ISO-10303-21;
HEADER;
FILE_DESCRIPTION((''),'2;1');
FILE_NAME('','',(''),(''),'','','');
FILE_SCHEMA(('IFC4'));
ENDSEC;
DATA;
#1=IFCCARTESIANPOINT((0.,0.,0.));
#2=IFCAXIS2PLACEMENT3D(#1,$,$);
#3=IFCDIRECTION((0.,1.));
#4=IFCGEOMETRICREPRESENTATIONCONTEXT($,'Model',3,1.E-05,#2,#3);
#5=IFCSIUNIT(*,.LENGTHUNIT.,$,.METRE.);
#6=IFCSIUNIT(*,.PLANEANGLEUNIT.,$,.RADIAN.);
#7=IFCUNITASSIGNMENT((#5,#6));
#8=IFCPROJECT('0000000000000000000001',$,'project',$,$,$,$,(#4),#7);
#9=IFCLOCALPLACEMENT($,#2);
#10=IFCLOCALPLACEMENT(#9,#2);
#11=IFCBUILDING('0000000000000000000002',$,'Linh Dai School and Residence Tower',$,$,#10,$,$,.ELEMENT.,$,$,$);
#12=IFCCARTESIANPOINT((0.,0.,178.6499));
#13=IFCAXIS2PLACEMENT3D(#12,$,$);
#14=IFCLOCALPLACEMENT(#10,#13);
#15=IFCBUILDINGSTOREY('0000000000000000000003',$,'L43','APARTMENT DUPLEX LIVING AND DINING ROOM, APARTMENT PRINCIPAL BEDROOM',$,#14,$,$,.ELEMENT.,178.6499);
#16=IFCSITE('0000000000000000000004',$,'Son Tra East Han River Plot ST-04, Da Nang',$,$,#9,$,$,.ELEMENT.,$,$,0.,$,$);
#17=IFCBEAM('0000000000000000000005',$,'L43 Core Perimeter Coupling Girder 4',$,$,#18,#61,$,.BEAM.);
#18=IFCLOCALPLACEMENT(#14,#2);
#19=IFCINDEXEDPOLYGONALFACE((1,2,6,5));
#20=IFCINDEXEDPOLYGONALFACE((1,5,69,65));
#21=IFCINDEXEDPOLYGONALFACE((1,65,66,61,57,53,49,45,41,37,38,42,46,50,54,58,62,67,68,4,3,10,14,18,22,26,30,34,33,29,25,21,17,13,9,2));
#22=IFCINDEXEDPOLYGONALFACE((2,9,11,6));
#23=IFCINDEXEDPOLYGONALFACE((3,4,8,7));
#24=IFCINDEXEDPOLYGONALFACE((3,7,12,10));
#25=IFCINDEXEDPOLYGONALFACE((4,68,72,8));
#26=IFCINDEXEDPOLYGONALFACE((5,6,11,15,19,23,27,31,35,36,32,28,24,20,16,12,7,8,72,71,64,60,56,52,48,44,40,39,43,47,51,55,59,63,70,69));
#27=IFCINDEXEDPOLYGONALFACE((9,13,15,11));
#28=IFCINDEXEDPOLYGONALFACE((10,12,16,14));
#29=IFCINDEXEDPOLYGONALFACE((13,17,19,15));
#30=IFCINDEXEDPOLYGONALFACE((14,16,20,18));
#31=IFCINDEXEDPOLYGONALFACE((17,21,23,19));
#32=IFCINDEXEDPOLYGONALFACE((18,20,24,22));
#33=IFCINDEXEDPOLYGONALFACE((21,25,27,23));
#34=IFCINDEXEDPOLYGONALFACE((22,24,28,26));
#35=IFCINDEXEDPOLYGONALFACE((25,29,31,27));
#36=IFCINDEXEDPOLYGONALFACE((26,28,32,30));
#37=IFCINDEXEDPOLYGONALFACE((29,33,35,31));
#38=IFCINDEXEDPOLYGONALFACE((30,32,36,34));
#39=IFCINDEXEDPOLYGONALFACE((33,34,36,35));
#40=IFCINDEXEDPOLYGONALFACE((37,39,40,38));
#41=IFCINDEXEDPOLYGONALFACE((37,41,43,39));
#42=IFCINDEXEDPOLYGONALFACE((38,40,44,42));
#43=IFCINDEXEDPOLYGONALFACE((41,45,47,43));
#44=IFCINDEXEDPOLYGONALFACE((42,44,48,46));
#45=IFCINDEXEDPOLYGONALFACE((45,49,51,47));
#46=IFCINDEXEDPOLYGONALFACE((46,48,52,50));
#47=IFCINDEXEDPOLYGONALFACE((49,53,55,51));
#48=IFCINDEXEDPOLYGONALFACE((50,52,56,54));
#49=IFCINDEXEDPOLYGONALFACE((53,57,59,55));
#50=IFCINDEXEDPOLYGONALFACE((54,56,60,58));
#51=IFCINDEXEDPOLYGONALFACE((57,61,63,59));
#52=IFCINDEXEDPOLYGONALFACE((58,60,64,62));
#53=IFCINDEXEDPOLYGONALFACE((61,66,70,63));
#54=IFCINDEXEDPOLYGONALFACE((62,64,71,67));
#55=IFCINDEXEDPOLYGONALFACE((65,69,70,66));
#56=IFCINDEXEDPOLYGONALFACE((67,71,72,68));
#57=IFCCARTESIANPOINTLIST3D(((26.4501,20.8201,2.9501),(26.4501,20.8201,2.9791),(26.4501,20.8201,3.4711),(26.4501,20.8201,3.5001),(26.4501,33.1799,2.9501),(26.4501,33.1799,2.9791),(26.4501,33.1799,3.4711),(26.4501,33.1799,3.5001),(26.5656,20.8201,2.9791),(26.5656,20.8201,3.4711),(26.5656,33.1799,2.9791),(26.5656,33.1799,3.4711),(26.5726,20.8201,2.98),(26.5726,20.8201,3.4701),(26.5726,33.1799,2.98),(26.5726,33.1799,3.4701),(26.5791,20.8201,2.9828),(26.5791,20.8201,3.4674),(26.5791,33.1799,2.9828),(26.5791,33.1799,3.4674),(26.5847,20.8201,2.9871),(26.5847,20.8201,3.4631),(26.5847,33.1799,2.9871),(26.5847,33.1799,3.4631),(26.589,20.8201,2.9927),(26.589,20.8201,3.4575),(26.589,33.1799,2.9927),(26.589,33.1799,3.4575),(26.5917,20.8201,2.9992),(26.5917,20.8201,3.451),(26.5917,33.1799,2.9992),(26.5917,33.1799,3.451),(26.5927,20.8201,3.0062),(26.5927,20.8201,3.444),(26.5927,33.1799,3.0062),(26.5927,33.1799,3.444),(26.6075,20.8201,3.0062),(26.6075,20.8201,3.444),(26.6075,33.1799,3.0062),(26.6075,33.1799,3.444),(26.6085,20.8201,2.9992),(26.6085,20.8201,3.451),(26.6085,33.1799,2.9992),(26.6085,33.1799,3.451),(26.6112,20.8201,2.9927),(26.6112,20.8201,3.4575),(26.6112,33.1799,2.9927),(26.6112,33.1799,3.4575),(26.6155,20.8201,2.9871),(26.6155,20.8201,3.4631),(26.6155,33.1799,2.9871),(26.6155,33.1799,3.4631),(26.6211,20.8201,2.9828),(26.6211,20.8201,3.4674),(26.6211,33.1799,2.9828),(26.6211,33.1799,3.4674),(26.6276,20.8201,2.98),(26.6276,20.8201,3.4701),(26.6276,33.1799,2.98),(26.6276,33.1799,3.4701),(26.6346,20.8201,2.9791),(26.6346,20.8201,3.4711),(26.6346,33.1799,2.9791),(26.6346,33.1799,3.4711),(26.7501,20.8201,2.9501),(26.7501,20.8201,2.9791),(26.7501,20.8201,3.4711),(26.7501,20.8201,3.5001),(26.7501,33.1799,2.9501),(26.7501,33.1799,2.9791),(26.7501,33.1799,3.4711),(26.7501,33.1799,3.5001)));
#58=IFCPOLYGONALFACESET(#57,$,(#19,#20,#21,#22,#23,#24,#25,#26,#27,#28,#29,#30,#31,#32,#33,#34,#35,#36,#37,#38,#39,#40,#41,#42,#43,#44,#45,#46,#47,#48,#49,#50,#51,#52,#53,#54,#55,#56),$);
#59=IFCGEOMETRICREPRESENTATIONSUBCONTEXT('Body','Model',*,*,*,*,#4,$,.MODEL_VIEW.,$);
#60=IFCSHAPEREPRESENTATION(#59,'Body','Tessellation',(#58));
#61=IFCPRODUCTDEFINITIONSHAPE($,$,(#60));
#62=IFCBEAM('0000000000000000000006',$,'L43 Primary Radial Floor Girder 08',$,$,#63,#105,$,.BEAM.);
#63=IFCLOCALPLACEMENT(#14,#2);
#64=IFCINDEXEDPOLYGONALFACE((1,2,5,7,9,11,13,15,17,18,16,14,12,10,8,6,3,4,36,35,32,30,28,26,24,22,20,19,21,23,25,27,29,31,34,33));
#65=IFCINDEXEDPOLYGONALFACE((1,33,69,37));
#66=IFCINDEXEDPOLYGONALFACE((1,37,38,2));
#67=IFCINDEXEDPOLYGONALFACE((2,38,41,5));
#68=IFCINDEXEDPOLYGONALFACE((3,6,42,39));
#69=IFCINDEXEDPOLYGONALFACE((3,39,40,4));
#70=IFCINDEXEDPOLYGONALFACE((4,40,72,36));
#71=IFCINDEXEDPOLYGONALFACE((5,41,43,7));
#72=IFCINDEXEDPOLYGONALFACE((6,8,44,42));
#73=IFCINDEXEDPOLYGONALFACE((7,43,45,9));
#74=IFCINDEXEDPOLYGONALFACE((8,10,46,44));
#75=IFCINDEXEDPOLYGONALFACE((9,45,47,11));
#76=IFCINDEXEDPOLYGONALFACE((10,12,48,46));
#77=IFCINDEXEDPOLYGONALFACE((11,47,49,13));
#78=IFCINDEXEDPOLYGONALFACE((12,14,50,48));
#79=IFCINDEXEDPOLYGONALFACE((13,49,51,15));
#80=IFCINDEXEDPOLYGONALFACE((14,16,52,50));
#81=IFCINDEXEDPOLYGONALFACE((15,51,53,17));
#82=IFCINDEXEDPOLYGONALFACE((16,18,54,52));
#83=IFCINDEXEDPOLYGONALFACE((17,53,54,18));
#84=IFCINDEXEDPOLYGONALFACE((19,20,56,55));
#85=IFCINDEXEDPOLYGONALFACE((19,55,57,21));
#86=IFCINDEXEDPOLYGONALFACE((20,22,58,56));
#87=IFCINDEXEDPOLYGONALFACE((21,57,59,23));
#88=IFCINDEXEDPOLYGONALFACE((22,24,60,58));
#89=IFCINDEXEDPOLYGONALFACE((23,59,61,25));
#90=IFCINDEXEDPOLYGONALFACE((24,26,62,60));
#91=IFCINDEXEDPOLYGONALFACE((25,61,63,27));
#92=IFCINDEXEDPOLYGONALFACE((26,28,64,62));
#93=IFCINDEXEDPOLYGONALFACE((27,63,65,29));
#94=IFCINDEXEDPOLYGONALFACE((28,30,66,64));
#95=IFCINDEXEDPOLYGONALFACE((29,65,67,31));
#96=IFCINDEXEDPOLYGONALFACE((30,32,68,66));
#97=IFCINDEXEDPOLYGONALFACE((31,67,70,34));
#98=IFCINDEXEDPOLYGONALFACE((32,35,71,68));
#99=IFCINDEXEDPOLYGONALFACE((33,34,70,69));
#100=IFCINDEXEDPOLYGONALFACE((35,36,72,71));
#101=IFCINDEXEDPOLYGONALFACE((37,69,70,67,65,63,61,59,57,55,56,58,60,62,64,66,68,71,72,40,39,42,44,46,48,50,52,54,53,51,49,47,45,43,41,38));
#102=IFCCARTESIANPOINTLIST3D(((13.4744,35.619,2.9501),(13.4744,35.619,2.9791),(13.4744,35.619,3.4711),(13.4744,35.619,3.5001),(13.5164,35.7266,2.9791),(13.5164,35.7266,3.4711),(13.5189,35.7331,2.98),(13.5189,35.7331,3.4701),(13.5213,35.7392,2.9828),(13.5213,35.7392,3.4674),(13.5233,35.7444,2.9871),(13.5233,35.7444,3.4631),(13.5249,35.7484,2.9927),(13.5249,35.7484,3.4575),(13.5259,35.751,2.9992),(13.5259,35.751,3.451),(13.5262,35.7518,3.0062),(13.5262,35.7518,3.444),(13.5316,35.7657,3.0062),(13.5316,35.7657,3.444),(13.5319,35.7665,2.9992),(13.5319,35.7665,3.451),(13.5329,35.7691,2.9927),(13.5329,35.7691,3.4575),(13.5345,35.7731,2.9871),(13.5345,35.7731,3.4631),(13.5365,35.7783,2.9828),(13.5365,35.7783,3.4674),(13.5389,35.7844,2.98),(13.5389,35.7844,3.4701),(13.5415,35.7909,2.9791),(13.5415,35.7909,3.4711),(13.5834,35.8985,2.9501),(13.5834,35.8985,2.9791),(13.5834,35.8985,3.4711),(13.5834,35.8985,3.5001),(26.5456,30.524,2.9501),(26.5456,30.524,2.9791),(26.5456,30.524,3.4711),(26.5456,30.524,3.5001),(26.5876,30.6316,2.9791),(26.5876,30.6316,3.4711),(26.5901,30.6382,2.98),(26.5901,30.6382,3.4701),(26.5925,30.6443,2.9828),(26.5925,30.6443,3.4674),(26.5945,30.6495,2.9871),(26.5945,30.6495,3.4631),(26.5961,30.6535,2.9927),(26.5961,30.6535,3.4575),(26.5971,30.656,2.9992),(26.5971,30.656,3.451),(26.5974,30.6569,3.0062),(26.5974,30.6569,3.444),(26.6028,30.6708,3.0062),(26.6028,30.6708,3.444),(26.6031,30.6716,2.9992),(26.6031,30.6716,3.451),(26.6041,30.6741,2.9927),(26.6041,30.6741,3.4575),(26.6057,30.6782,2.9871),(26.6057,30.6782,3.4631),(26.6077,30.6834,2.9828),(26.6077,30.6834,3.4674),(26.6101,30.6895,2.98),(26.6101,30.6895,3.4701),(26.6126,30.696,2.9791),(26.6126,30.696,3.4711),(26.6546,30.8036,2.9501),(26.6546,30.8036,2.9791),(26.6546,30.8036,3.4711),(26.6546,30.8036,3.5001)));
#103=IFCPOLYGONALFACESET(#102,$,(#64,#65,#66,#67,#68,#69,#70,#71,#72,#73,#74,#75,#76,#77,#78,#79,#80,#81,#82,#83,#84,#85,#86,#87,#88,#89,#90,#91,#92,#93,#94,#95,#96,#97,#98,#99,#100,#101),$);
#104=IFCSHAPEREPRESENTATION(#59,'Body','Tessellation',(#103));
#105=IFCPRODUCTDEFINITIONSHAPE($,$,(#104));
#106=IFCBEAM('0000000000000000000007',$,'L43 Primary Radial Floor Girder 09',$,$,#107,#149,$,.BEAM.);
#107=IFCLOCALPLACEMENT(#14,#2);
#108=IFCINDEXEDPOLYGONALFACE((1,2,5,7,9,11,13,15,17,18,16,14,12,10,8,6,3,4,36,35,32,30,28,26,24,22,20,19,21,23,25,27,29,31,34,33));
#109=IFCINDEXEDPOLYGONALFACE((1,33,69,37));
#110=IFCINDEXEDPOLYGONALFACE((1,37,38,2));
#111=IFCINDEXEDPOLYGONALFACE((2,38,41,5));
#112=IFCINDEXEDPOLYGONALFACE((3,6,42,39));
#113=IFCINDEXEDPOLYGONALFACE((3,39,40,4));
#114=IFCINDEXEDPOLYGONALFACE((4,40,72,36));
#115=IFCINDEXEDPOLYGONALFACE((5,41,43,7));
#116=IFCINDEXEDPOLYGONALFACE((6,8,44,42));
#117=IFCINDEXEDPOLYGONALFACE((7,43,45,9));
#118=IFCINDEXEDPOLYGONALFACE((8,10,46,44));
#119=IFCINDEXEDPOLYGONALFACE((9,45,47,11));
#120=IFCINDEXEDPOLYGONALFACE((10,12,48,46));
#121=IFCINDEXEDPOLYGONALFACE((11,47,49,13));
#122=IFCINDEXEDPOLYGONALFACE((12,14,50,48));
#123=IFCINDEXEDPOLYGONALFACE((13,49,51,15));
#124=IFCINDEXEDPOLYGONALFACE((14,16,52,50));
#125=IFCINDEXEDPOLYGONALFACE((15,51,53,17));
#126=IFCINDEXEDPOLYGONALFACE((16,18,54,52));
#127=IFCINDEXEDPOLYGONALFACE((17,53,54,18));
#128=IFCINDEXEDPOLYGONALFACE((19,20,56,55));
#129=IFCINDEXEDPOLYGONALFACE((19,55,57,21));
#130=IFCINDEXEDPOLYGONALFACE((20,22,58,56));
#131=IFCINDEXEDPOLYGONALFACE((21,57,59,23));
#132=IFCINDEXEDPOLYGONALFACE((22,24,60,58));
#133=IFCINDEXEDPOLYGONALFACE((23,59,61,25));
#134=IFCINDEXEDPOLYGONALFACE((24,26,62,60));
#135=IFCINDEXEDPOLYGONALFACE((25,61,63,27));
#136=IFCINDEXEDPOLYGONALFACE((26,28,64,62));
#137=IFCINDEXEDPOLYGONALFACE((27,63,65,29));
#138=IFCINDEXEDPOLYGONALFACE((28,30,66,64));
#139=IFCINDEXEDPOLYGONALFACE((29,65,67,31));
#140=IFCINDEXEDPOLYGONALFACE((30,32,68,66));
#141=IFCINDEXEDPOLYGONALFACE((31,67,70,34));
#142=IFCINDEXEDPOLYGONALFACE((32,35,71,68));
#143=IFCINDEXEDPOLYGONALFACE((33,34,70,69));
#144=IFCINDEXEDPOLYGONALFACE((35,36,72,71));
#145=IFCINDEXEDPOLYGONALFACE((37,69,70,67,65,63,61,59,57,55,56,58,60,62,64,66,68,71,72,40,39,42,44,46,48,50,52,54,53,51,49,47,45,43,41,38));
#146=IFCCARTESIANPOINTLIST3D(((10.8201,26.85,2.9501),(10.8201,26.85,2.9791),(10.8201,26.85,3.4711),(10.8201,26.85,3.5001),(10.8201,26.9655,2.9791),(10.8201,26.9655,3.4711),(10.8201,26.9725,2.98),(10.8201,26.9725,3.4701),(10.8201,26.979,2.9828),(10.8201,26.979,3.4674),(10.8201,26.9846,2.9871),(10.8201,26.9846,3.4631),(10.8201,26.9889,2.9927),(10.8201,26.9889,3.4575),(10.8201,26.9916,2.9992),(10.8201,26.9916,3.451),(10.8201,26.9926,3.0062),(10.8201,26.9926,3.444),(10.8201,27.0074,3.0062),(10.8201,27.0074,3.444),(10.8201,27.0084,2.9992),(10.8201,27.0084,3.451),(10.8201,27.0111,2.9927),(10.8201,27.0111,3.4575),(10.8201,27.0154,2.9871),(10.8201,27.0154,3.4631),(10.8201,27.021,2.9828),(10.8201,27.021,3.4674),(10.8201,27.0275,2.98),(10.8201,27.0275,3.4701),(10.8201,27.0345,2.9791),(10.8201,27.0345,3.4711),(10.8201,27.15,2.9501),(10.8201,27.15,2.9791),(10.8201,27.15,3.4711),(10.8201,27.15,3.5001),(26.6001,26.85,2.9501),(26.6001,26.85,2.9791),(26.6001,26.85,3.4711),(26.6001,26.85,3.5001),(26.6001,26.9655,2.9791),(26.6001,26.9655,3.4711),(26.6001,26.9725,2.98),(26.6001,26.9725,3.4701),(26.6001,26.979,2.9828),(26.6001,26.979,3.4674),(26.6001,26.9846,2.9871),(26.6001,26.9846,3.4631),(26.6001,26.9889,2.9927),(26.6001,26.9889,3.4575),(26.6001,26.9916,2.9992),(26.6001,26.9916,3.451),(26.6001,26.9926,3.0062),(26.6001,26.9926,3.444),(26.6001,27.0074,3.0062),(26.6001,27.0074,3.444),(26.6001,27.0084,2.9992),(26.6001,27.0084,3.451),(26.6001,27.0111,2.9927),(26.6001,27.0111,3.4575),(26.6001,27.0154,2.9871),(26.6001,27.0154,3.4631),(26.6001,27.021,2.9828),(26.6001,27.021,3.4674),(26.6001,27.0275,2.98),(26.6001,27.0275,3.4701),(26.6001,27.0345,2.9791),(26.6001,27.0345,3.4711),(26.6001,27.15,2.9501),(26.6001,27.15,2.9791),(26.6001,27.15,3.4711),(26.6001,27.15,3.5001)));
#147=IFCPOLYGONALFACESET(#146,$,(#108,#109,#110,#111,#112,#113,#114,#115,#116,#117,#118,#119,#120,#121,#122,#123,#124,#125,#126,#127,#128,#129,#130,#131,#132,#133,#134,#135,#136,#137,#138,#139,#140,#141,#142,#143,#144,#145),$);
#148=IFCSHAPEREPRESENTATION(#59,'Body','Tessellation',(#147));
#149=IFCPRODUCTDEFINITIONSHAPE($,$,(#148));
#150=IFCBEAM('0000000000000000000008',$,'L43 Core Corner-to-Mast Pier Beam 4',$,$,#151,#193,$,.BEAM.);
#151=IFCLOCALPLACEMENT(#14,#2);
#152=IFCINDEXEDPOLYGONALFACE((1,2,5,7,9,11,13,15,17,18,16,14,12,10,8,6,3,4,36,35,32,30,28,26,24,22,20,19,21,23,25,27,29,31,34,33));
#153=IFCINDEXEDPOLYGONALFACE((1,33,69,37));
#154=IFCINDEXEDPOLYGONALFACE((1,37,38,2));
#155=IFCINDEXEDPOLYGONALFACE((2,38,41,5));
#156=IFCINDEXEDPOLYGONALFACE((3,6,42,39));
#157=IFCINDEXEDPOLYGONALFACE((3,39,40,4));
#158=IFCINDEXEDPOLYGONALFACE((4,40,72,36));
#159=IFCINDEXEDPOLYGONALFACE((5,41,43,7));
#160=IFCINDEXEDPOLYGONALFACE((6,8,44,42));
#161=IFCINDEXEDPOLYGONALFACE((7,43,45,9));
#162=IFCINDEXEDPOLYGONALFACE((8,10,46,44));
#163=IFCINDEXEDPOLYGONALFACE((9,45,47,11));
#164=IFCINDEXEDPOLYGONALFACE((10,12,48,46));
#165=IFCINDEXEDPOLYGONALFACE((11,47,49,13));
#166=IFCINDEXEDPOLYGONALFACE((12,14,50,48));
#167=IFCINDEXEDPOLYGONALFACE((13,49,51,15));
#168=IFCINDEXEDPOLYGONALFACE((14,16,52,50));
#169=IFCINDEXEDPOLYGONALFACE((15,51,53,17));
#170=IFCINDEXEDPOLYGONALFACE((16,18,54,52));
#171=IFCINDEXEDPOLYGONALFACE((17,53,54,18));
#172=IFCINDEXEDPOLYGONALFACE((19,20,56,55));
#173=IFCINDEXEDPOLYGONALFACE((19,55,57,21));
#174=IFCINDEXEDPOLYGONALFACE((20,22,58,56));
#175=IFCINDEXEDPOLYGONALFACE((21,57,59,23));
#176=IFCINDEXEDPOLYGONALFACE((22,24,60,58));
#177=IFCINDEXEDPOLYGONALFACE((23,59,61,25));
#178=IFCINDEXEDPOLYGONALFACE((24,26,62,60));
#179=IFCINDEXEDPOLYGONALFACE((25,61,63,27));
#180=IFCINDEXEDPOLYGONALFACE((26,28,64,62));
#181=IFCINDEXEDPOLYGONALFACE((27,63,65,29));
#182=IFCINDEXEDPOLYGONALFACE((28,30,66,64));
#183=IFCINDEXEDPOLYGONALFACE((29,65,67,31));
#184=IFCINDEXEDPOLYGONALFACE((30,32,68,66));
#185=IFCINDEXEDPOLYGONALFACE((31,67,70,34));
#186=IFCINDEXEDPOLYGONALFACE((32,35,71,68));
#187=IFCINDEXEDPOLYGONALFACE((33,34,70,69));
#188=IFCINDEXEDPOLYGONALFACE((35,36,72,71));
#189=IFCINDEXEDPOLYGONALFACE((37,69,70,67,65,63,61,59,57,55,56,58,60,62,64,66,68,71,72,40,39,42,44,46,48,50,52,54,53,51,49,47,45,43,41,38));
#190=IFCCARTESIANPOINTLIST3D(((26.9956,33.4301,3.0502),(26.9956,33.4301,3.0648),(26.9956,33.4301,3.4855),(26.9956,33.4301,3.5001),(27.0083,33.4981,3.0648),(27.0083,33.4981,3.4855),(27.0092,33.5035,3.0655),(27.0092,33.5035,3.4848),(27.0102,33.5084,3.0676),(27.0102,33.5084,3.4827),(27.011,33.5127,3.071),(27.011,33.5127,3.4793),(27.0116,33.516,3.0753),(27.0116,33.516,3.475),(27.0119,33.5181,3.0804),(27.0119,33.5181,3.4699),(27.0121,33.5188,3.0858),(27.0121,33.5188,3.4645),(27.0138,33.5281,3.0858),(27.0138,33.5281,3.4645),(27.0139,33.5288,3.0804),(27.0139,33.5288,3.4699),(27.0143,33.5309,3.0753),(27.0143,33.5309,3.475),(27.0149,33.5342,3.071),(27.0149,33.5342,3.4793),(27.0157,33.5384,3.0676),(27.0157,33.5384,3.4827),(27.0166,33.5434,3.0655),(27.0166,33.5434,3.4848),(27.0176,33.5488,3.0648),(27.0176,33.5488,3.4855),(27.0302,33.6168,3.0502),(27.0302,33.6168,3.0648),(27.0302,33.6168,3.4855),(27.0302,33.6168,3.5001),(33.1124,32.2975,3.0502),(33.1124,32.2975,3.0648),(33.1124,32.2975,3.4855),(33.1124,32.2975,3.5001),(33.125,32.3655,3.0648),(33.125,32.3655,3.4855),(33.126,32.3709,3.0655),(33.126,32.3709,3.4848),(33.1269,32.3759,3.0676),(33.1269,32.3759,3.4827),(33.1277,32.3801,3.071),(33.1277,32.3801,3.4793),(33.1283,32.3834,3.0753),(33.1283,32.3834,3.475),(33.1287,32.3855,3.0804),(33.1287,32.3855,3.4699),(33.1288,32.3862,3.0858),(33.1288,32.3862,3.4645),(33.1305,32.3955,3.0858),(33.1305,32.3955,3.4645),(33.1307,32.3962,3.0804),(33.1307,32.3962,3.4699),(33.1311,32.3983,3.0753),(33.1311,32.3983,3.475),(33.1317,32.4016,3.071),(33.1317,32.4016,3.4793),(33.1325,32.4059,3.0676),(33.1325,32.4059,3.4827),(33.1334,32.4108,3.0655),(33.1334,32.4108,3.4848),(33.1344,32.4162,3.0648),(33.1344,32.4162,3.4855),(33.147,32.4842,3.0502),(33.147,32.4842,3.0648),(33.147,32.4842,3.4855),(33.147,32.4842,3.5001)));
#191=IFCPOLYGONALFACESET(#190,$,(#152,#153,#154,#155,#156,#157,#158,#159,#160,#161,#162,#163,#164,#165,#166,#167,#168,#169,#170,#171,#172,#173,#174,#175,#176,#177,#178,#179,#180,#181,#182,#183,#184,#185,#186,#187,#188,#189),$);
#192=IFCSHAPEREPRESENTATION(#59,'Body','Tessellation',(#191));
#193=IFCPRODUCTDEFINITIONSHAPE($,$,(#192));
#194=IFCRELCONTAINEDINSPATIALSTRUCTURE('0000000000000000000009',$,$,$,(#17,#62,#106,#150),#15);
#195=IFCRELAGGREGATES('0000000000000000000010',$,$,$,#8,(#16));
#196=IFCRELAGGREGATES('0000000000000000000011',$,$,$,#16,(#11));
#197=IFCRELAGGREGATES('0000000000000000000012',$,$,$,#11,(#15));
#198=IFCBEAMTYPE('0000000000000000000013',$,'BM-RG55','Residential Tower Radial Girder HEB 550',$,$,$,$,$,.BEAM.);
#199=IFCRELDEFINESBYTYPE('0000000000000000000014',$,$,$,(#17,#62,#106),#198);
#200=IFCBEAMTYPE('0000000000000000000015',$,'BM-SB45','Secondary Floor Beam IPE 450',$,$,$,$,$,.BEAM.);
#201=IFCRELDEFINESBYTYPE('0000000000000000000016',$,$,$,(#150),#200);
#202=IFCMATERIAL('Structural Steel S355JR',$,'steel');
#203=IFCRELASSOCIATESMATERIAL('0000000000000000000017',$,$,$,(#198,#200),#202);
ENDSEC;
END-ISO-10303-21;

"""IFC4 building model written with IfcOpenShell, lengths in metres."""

from ifc_helpers import new_model, si_unit, direction, frame, origin, origin_2d, place, context, subcontext, project, spatial, i_section, extrude, material, material_profile, profile_set, type_object, element, save


model = new_model("IFC4")

# Units and contexts
model_context = context("Model", 3, precision=1e-05, world=origin(), true_north=direction((0.0, 1.0)))
body_context = subcontext(model_context, "Body", "Model", "MODEL_VIEW")
ifc_project = project(units=[si_unit("LENGTHUNIT", "METRE"), si_unit("PLANEANGLEUNIT", "RADIAN")], contexts=[model_context])

# Site, building, storey
site_placement = place(None, origin())
site = spatial("IfcSite", under=ifc_project, at=site_placement, Name="Son Tra East Han River Plot ST-04, Da Nang", CompositionType="ELEMENT", RefElevation=0.0)
building_placement = place(site_placement, origin())
building = spatial("IfcBuilding", under=site, at=building_placement, Name="Linh Dai School and Residence Tower", CompositionType="ELEMENT")
storey_placement = place(building_placement, frame((0.0, 0.0, 178.6499)))
storey = spatial("IfcBuildingStorey", under=building, at=storey_placement, Name="L43", Description="APARTMENT DUPLEX LIVING AND DINING ROOM, APARTMENT PRINCIPAL BEDROOM", CompositionType="ELEMENT", Elevation=178.6499)

# Shared definitions
ifc_material_1 = material(Name="Structural Steel S355JR", Category="steel")

# Beams
ifc_material_profile_1 = material_profile(ifc_material_1, i_section(OverallWidth=0.3, OverallDepth=0.55, WebThickness=0.0149, FlangeThickness=0.0291, FilletRadius=0.0271, at=origin_2d()), Name="HEB 550")
ifc_profile_set_1 = profile_set([ifc_material_profile_1], Name="Structural Steel S355JR")
beam_type_1 = type_object("IfcBeamType", Name="BM-RG55", Description="Residential Tower Radial Girder HEB 550", PredefinedType="BEAM", material=ifc_profile_set_1)
beam_1_placement = place(storey_placement, frame((26.6001, 33.1799, 3.2251), z_axis=(0.0, -1.0, 0.0), x_axis=(1.0, 0.0, 0.0)))
element("IfcBeam", 1, at=beam_1_placement, inside=storey, type_object=beam_type_1, Name="L43 Core Perimeter Coupling Girder 4", PredefinedType="BEAM", context=body_context, shape_type="SweptSolid", body=[
    extrude(i_section(OverallWidth=0.3, OverallDepth=0.55, WebThickness=0.0149, FlangeThickness=0.0291, FilletRadius=0.0271, at=origin_2d()), origin(), (0.0, 0.0, 1.0), 12.3599),
])
beam_2_placement = place(storey_placement, frame((26.6001, 30.6638, 3.2251), z_axis=(-0.931723, 0.36317, 0.0), x_axis=(-0.36317, -0.931723, 0.0)))
element("IfcBeam", 2, at=beam_2_placement, inside=storey, type_object=beam_type_1, Name="L43 Primary Radial Floor Girder 08", PredefinedType="BEAM", context=body_context, shape_type="SweptSolid", body=[
    extrude(i_section(OverallWidth=0.3, OverallDepth=0.55, WebThickness=0.0149, FlangeThickness=0.0291, FilletRadius=0.0271, at=origin_2d()), origin(), (0.0, 0.0, 1.0), 14.0291),
])
beam_3_placement = place(storey_placement, frame((26.6001, 27.0, 3.2251), z_axis=(-1.0, 0.0, 0.0), x_axis=(0.0, -1.0, 0.0)))
element("IfcBeam", 3, at=beam_3_placement, inside=storey, type_object=beam_type_1, Name="L43 Primary Radial Floor Girder 09", PredefinedType="BEAM", context=body_context, shape_type="SweptSolid", body=[
    extrude(i_section(OverallWidth=0.3, OverallDepth=0.55, WebThickness=0.0149, FlangeThickness=0.0291, FilletRadius=0.0271, at=origin_2d()), origin(), (0.0, 0.0, 1.0), 15.78),
])
ifc_material_profile_2 = material_profile(ifc_material_1, i_section(OverallWidth=0.1899, OverallDepth=0.45, WebThickness=0.0095, FlangeThickness=0.0146, FilletRadius=0.021, at=origin_2d()), Name="IPE 450")
ifc_profile_set_2 = profile_set([ifc_material_profile_2], Name="Structural Steel S355JR")
beam_type_2 = type_object("IfcBeamType", Name="BM-SB45", Description="Secondary Floor Beam IPE 450", PredefinedType="BEAM", material=ifc_profile_set_2)
beam_4_placement = place(storey_placement, frame((27.0129, 33.5234, 3.2751), z_axis=(0.983286, -0.182065, 0.0), x_axis=(0.182065, 0.983286, 0.0)))
element("IfcBeam", 4, at=beam_4_placement, inside=storey, type_object=beam_type_2, Name="L43 Core Corner-to-Mast Pier Beam 4", PredefinedType="BEAM", context=body_context, shape_type="SweptSolid", body=[
    extrude(i_section(OverallWidth=0.1899, OverallDepth=0.45, WebThickness=0.0095, FlangeThickness=0.0146, FilletRadius=0.021, at=origin_2d()), origin(), (0.0, 0.0, 1.0), 6.2207),
])

save(model, "model.ifc")
